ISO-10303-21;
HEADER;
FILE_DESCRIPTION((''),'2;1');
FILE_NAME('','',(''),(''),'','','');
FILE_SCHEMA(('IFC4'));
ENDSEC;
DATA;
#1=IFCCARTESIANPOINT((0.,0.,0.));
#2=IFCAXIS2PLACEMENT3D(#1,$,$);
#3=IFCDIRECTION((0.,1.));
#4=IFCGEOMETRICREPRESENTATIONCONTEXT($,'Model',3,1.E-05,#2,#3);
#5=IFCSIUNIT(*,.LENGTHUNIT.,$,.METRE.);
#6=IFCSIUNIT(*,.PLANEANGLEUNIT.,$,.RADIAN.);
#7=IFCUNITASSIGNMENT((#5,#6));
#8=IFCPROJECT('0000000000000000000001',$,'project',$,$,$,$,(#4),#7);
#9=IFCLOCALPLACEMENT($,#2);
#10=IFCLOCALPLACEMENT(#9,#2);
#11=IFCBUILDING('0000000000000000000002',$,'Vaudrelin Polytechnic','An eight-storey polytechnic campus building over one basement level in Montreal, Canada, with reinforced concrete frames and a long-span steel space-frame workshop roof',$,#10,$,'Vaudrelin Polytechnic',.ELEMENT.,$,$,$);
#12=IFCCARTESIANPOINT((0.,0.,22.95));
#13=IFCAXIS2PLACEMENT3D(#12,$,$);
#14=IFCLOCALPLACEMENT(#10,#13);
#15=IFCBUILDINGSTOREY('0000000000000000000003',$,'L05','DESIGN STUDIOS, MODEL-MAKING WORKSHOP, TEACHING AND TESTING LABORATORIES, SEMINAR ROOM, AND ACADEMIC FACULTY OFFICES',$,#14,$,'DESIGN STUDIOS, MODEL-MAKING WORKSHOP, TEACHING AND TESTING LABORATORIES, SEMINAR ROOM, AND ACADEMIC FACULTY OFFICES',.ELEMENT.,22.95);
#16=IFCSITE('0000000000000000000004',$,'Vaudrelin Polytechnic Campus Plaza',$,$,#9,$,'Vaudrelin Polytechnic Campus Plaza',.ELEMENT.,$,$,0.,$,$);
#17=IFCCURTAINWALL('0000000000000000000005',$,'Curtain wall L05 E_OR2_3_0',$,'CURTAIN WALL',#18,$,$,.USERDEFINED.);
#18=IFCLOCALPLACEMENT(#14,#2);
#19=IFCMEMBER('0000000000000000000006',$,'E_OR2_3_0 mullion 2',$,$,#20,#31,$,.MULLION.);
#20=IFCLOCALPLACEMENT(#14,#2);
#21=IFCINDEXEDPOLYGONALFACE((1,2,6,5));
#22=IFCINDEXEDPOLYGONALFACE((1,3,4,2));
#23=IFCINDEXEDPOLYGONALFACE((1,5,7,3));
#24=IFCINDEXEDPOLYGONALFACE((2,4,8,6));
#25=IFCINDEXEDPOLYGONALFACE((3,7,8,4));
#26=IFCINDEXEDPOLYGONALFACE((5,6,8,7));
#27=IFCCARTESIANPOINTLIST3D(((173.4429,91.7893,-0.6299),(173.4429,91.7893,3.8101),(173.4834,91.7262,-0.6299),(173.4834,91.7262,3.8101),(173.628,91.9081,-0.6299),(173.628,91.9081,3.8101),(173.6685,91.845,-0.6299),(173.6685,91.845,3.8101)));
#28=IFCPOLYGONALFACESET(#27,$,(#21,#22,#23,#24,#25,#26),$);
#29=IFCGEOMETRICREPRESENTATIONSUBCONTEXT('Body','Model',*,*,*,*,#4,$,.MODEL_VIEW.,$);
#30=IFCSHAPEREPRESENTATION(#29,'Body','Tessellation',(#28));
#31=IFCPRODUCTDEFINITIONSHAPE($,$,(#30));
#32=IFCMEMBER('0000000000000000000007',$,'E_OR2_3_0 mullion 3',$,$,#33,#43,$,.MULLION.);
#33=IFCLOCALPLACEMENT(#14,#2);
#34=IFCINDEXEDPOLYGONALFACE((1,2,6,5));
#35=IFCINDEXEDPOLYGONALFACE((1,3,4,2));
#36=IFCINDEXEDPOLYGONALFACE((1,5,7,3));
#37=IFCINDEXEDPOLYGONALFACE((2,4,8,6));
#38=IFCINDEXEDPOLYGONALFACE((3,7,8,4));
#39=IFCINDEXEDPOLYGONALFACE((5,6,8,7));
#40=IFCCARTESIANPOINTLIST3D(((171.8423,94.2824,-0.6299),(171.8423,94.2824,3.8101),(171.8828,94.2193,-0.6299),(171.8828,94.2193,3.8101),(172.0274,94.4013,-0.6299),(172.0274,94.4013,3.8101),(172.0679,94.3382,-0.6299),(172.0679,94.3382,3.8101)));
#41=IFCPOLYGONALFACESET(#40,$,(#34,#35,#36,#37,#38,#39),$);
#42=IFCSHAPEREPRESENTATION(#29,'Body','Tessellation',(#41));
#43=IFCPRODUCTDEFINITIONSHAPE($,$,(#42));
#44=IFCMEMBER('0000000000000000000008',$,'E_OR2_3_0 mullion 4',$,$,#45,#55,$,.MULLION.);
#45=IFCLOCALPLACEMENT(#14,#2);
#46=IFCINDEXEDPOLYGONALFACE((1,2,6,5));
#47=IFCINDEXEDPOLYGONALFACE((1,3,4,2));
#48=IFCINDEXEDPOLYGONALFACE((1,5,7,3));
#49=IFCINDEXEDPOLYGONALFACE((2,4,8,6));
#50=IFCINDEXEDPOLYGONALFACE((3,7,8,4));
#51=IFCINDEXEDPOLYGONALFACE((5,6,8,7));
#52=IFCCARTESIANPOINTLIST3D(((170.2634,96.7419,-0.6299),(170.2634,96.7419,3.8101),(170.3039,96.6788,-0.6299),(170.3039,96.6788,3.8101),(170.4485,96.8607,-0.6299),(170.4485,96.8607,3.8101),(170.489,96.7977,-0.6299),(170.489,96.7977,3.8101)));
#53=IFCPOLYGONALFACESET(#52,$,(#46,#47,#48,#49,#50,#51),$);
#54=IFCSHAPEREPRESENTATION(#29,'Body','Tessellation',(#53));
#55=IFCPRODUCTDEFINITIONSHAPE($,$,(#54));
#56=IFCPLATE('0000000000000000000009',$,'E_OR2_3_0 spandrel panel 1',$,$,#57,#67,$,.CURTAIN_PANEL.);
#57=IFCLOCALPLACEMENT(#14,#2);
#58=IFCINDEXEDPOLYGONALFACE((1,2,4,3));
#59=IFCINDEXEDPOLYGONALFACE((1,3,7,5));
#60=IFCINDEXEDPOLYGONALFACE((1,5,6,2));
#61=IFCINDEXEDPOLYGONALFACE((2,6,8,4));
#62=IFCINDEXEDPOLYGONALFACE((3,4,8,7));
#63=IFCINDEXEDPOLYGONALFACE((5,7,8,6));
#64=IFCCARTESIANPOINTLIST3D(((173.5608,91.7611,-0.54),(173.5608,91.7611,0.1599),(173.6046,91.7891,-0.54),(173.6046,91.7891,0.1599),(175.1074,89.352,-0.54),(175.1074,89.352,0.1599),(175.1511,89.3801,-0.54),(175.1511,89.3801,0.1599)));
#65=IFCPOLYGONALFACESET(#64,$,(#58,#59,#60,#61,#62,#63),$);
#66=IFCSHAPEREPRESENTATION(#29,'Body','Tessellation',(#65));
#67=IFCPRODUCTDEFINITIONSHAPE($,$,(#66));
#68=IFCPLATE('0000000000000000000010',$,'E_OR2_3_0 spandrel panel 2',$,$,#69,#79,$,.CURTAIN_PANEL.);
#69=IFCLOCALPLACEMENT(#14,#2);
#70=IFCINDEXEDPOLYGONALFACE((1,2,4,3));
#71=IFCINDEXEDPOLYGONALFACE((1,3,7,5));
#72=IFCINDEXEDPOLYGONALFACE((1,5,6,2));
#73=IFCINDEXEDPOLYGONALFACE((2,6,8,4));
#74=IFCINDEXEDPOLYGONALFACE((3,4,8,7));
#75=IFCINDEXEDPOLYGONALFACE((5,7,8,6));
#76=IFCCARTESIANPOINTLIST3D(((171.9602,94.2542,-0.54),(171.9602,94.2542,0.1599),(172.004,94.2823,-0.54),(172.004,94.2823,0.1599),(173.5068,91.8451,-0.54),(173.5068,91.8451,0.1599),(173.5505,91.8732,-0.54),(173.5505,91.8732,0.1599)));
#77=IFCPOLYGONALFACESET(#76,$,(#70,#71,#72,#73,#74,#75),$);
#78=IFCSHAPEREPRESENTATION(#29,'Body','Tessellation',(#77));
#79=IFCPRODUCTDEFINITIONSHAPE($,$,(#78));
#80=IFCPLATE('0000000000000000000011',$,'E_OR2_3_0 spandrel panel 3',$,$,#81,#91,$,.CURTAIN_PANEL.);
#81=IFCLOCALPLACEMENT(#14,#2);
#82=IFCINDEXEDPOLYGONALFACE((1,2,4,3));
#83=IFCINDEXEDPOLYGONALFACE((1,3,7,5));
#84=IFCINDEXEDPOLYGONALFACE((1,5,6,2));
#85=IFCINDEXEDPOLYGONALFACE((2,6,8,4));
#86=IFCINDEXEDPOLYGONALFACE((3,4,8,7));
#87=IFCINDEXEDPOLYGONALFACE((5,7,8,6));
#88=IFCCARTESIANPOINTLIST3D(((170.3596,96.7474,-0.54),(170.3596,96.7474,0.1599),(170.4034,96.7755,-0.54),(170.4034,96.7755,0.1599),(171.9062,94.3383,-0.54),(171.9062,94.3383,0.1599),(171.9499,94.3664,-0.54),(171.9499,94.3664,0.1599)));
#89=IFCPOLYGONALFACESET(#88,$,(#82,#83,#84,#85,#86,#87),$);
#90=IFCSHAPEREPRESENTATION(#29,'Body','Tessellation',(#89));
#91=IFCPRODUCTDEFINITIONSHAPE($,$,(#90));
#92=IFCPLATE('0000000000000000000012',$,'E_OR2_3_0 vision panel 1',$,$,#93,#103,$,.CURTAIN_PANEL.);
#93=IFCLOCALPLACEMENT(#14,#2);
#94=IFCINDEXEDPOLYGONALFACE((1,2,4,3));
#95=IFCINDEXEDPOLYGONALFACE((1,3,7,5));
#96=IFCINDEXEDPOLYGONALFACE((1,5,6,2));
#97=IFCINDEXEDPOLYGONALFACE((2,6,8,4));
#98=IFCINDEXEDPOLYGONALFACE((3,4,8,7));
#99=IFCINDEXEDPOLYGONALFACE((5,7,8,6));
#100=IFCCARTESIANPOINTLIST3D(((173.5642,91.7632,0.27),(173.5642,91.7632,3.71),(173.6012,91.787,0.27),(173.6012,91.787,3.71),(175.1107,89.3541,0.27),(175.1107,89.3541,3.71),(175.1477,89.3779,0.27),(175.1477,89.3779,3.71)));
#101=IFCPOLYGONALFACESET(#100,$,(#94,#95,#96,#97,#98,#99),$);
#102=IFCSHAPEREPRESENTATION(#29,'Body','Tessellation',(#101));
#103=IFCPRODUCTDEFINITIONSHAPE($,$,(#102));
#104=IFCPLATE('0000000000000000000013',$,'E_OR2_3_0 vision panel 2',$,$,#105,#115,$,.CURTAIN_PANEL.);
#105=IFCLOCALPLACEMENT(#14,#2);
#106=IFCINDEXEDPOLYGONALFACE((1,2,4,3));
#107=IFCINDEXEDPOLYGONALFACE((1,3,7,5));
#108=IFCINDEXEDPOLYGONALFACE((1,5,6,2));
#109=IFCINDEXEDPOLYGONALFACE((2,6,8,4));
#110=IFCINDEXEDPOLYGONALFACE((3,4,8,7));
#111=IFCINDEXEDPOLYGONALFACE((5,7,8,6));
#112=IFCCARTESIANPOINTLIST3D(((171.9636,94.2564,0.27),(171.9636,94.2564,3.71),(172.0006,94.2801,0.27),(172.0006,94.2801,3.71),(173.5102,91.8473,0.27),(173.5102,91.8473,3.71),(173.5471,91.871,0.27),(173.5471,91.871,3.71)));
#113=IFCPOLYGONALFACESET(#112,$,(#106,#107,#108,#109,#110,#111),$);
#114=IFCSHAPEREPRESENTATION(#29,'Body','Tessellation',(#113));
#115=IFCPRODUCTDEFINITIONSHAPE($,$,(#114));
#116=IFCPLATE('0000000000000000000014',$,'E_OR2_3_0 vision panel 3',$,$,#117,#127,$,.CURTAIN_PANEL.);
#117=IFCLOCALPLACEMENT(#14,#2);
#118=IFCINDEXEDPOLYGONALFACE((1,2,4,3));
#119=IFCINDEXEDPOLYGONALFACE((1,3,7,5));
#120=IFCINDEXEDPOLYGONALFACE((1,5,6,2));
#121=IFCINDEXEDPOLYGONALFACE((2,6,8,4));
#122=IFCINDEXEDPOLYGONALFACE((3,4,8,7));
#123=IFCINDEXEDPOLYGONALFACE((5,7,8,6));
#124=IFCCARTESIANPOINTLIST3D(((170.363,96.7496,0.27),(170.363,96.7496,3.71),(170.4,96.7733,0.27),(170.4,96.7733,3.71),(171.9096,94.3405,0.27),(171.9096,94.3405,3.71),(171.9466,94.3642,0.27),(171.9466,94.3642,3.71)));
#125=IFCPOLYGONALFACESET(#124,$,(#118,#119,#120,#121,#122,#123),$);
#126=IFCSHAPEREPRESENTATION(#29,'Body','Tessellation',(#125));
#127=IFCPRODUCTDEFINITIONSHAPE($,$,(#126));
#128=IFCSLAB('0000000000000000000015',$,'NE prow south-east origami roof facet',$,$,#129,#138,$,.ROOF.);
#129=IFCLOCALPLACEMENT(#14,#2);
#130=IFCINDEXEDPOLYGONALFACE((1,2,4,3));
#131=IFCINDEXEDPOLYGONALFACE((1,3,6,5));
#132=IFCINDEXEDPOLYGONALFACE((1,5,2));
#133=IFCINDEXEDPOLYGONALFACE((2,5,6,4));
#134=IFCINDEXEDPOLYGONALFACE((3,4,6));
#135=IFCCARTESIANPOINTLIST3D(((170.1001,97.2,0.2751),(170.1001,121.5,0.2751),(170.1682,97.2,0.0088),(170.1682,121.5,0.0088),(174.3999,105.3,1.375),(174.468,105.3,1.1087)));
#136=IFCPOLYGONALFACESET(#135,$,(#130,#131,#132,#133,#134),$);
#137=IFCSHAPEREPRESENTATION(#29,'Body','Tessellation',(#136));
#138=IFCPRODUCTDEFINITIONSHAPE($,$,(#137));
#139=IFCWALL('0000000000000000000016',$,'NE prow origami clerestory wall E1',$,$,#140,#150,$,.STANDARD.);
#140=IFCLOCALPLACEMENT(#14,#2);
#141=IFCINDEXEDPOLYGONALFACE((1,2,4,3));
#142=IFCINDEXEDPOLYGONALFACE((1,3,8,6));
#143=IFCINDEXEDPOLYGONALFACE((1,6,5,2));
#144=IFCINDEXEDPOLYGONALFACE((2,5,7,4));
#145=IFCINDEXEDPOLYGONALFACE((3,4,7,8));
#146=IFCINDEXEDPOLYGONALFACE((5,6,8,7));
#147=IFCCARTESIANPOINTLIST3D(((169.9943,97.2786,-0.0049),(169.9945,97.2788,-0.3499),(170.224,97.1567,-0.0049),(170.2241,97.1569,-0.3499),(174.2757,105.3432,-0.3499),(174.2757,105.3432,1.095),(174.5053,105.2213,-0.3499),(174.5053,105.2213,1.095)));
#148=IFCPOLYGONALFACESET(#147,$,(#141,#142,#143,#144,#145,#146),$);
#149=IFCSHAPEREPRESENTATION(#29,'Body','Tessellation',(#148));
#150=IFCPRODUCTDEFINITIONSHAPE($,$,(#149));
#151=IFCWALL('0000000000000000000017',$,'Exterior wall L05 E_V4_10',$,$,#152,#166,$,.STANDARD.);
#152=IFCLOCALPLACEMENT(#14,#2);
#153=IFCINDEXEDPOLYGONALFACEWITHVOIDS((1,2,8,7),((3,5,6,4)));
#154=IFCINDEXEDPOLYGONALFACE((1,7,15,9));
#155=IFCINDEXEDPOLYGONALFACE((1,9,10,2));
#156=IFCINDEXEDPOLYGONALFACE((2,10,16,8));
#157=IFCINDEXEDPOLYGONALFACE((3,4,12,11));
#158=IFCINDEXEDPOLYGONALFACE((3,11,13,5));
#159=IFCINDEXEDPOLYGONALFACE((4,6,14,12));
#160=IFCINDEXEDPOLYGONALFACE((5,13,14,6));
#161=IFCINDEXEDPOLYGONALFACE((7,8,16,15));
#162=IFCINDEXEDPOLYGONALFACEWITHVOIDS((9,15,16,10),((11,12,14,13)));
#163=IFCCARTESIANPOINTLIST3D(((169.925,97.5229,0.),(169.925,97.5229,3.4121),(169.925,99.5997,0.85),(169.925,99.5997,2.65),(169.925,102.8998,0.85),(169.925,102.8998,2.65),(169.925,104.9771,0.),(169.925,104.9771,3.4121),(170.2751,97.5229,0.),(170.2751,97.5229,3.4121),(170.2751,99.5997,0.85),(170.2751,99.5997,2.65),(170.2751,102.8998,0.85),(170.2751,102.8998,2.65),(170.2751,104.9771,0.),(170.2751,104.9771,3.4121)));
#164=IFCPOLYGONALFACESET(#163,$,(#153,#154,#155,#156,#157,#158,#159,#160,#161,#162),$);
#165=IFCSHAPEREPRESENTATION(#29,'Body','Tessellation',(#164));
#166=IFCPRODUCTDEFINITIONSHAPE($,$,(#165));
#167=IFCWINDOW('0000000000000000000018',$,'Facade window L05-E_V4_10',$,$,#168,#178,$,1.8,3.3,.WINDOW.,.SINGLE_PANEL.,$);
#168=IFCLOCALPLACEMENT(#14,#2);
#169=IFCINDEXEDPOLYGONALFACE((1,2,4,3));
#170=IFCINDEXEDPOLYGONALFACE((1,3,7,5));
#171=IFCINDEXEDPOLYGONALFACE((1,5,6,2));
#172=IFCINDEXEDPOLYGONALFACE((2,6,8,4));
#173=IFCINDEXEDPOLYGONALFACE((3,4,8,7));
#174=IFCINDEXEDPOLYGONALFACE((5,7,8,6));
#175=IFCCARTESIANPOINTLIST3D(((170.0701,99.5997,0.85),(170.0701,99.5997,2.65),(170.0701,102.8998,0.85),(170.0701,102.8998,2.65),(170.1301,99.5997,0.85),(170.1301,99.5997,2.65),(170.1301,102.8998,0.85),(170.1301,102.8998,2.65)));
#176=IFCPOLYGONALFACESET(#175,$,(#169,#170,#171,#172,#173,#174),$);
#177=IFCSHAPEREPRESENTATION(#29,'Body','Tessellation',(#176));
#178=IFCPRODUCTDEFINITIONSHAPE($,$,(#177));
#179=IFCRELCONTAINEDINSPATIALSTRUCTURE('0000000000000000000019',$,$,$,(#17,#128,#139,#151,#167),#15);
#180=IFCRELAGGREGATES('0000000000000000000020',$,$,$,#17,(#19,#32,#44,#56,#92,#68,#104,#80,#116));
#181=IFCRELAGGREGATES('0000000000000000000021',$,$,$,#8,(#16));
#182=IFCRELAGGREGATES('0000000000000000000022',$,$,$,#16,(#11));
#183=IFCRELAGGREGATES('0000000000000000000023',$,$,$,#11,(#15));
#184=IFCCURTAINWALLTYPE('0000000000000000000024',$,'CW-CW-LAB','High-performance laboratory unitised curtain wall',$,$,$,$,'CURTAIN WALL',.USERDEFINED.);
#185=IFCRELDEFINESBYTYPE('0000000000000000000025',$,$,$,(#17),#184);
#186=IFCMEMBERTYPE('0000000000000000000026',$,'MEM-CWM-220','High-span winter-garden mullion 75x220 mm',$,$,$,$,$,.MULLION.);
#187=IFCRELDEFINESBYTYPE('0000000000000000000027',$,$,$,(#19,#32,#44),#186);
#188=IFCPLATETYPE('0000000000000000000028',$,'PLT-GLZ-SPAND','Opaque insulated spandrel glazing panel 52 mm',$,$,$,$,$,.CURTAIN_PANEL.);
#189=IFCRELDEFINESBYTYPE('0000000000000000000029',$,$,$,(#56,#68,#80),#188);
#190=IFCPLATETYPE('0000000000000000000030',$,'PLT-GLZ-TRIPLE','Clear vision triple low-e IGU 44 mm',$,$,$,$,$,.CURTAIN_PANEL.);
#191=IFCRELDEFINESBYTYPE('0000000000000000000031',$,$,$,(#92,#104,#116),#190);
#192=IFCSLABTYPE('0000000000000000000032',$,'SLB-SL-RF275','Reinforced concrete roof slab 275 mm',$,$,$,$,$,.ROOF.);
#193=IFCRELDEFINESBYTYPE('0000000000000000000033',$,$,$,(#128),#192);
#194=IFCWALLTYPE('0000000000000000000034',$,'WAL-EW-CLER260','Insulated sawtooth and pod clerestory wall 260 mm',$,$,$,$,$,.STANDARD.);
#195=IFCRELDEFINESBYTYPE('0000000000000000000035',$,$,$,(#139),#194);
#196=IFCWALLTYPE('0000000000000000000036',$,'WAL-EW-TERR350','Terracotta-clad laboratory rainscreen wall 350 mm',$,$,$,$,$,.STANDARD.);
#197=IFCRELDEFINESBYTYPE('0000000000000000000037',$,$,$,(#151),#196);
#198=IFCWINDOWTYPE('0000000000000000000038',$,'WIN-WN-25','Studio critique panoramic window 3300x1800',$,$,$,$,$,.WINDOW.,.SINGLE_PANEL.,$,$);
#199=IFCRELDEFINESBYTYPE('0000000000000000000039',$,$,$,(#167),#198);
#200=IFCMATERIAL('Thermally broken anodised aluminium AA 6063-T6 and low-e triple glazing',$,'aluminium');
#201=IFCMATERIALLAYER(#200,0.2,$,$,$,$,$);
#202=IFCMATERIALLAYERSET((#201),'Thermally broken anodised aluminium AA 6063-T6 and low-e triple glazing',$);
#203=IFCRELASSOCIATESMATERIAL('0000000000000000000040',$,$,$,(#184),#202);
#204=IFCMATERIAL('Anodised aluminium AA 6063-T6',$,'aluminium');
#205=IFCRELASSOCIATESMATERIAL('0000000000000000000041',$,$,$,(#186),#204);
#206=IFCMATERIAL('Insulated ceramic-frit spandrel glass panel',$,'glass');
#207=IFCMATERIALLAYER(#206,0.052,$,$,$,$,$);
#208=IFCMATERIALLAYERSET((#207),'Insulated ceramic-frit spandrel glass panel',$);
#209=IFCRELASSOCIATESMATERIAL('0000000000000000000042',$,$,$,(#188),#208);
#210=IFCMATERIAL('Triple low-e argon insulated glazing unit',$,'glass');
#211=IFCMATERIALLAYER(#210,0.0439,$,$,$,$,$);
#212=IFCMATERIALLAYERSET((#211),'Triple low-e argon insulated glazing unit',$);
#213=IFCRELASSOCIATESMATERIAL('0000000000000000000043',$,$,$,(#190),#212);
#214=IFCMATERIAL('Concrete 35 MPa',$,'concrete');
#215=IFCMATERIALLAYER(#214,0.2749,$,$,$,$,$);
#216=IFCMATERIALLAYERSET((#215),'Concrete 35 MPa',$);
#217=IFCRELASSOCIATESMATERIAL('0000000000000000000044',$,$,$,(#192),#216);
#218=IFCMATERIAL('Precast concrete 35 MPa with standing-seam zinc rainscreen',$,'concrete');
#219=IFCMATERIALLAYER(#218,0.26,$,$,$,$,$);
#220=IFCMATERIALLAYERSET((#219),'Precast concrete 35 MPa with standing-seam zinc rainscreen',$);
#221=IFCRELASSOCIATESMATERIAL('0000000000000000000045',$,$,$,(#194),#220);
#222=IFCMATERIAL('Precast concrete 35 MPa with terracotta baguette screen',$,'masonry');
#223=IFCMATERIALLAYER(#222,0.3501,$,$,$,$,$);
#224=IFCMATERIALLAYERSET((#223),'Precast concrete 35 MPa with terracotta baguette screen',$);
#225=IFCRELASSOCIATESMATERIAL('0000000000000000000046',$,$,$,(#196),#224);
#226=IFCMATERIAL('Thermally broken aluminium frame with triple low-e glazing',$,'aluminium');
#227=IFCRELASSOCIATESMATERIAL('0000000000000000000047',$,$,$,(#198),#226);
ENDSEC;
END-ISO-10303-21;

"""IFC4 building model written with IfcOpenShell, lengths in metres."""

from ifc_helpers import new_model, si_unit, direction, frame, frame_2d, origin, origin_2d, place, context, subcontext, project, spatial, polyline, rectangle, outline, extrude, material, layer, layer_set, material_profile, profile_set, type_object, element, fill, aggregate, save


model = new_model("IFC4")

# Units and contexts
model_context = context("Model", 3, precision=1e-05, world=origin(), true_north=direction((0.0, 1.0)))
body_context = subcontext(model_context, "Body", "Model", "MODEL_VIEW")
ifc_project = project(units=[si_unit("LENGTHUNIT", "METRE"), si_unit("PLANEANGLEUNIT", "RADIAN")], contexts=[model_context])

# Site, building, storey
site_placement = place(None, origin())
site = spatial("IfcSite", under=ifc_project, at=site_placement, Name="Vaudrelin Polytechnic Campus Plaza", LongName="Vaudrelin Polytechnic Campus Plaza", CompositionType="ELEMENT", RefElevation=0.0)
building_placement = place(site_placement, origin())
building = spatial("IfcBuilding", under=site, at=building_placement, Name="Vaudrelin Polytechnic", Description="An eight-storey polytechnic campus building over one basement level in Montreal, Canada, with reinforced concrete frames and a long-span steel space-frame workshop roof", LongName="Vaudrelin Polytechnic", CompositionType="ELEMENT")
storey_placement = place(building_placement, frame((0.0, 0.0, 22.95)))
storey = spatial("IfcBuildingStorey", under=building, at=storey_placement, Name="L05", Description="DESIGN STUDIOS, MODEL-MAKING WORKSHOP, TEACHING AND TESTING LABORATORIES, SEMINAR ROOM, AND ACADEMIC FACULTY OFFICES", LongName="DESIGN STUDIOS, MODEL-MAKING WORKSHOP, TEACHING AND TESTING LABORATORIES, SEMINAR ROOM, AND ACADEMIC FACULTY OFFICES", CompositionType="ELEMENT", Elevation=22.95)

# Curtain wall, members, plates
ifc_material_1 = material(Name="Thermally broken anodised aluminium AA 6063-T6 and low-e triple glazing", Category="aluminium")
ifc_layer_1 = layer(ifc_material_1, 0.2)
ifc_layer_set_1 = layer_set([ifc_layer_1], Name="Thermally broken anodised aluminium AA 6063-T6 and low-e triple glazing")
curtain_wall_type = type_object("IfcCurtainWallType", Name="CW-CW-LAB", Description="High-performance laboratory unitised curtain wall", ElementType="CURTAIN WALL", PredefinedType="USERDEFINED", material=ifc_layer_set_1)
curtain_wall_placement = place(storey_placement, origin())
curtain_wall = element("IfcCurtainWall", 1, at=curtain_wall_placement, inside=storey, type_object=curtain_wall_type, Name="Curtain wall L05 E_OR2_3_0", ObjectType="CURTAIN WALL", PredefinedType="USERDEFINED")
ifc_material_2 = material(Name="Anodised aluminium AA 6063-T6", Category="aluminium")
ifc_material_profile_1 = material_profile(ifc_material_2, rectangle(XDim=0.075, YDim=0.22, at=origin_2d()), Name="CWM-75x220")
ifc_profile_set_1 = profile_set([ifc_material_profile_1], Name="Anodised aluminium AA 6063-T6")
member_type = type_object("IfcMemberType", Name="MEM-CWM-220", Description="High-span winter-garden mullion 75x220 mm", PredefinedType="MULLION", material=ifc_profile_set_1)
member_1_placement = place(storey_placement, frame((173.5557, 91.8171, -0.6299), z_axis=(0.0, 0.0, 1.0), x_axis=(-0.540228, 0.841519, 0.0)))
member_1 = element("IfcMember", 2, at=member_1_placement, type_object=member_type, Name="E_OR2_3_0 mullion 2", PredefinedType="MULLION", context=body_context, shape_type="SweptSolid", body=[
    extrude(rectangle(XDim=0.075, YDim=0.22, at=origin_2d()), origin(), (0.0, 0.0, 1.0), 4.4399),
])
member_2_placement = place(storey_placement, frame((171.9551, 94.3103, -0.6299), z_axis=(0.0, 0.0, 1.0), x_axis=(-0.540228, 0.841519, 0.0)))
member_2 = element("IfcMember", 3, at=member_2_placement, type_object=member_type, Name="E_OR2_3_0 mullion 3", PredefinedType="MULLION", context=body_context, shape_type="SweptSolid", body=[
    extrude(rectangle(XDim=0.075, YDim=0.22, at=origin_2d()), origin(), (0.0, 0.0, 1.0), 4.4399),
])
member_3_placement = place(storey_placement, frame((170.3762, 96.7698, -0.6299), z_axis=(0.0, 0.0, 1.0), x_axis=(-0.540228, 0.841519, 0.0)))
member_3 = element("IfcMember", 4, at=member_3_placement, type_object=member_type, Name="E_OR2_3_0 mullion 4", PredefinedType="MULLION", context=body_context, shape_type="SweptSolid", body=[
    extrude(rectangle(XDim=0.075, YDim=0.22, at=origin_2d()), origin(), (0.0, 0.0, 1.0), 4.4399),
])
ifc_material_3 = material(Name="Insulated ceramic-frit spandrel glass panel", Category="glass")
ifc_layer_2 = layer(ifc_material_3, 0.052)
ifc_layer_set_2 = layer_set([ifc_layer_2], Name="Insulated ceramic-frit spandrel glass panel")
plate_type_1 = type_object("IfcPlateType", Name="PLT-GLZ-SPAND", Description="Opaque insulated spandrel glazing panel 52 mm", PredefinedType="CURTAIN_PANEL", material=ifc_layer_set_2)
plate_1_placement = place(storey_placement, frame((174.356, 90.5706, -0.54), z_axis=(0.0, 0.0, 1.0), x_axis=(-0.540228, 0.841519, 0.0)))
plate_1 = element("IfcPlate", 5, at=plate_1_placement, type_object=plate_type_1, Name="E_OR2_3_0 spandrel panel 1", PredefinedType="CURTAIN_PANEL", context=body_context, shape_type="SweptSolid", body=[
    extrude(rectangle(XDim=2.8628, YDim=0.052, at=origin_2d()), origin(), (0.0, 0.0, 1.0), 0.7),
])
plate_2_placement = place(storey_placement, frame((172.7554, 93.0637, -0.54), z_axis=(0.0, 0.0, 1.0), x_axis=(-0.540228, 0.841519, 0.0)))
plate_2 = element("IfcPlate", 6, at=plate_2_placement, type_object=plate_type_1, Name="E_OR2_3_0 spandrel panel 2", PredefinedType="CURTAIN_PANEL", context=body_context, shape_type="SweptSolid", body=[
    extrude(rectangle(XDim=2.8628, YDim=0.052, at=origin_2d()), origin(), (0.0, 0.0, 1.0), 0.7),
])
plate_3_placement = place(storey_placement, frame((171.1548, 95.5569, -0.54), z_axis=(0.0, 0.0, 1.0), x_axis=(-0.540228, 0.841519, 0.0)))
plate_3 = element("IfcPlate", 7, at=plate_3_placement, type_object=plate_type_1, Name="E_OR2_3_0 spandrel panel 3", PredefinedType="CURTAIN_PANEL", context=body_context, shape_type="SweptSolid", body=[
    extrude(rectangle(XDim=2.8628, YDim=0.052, at=origin_2d()), origin(), (0.0, 0.0, 1.0), 0.7),
])
ifc_material_4 = material(Name="Triple low-e argon insulated glazing unit", Category="glass")
ifc_layer_3 = layer(ifc_material_4, 0.0439)
ifc_layer_set_3 = layer_set([ifc_layer_3], Name="Triple low-e argon insulated glazing unit")
plate_type_2 = type_object("IfcPlateType", Name="PLT-GLZ-TRIPLE", Description="Clear vision triple low-e IGU 44 mm", PredefinedType="CURTAIN_PANEL", material=ifc_layer_set_3)
plate_4_placement = place(storey_placement, frame((174.356, 90.5706, 0.27), z_axis=(0.0, 0.0, 1.0), x_axis=(-0.540228, 0.841519, 0.0)))
plate_4 = element("IfcPlate", 8, at=plate_4_placement, type_object=plate_type_2, Name="E_OR2_3_0 vision panel 1", PredefinedType="CURTAIN_PANEL", context=body_context, shape_type="SweptSolid", body=[
    extrude(rectangle(XDim=2.8628, YDim=0.0439, at=origin_2d()), origin(), (0.0, 0.0, 1.0), 3.4399),
])
plate_5_placement = place(storey_placement, frame((172.7554, 93.0637, 0.27), z_axis=(0.0, 0.0, 1.0), x_axis=(-0.540228, 0.841519, 0.0)))
plate_5 = element("IfcPlate", 9, at=plate_5_placement, type_object=plate_type_2, Name="E_OR2_3_0 vision panel 2", PredefinedType="CURTAIN_PANEL", context=body_context, shape_type="SweptSolid", body=[
    extrude(rectangle(XDim=2.8628, YDim=0.0439, at=origin_2d()), origin(), (0.0, 0.0, 1.0), 3.4399),
])
plate_6_placement = place(storey_placement, frame((171.1548, 95.5569, 0.27), z_axis=(0.0, 0.0, 1.0), x_axis=(-0.540228, 0.841519, 0.0)))
plate_6 = element("IfcPlate", 10, at=plate_6_placement, type_object=plate_type_2, Name="E_OR2_3_0 vision panel 3", PredefinedType="CURTAIN_PANEL", context=body_context, shape_type="SweptSolid", body=[
    extrude(rectangle(XDim=2.8628, YDim=0.0439, at=origin_2d()), origin(), (0.0, 0.0, 1.0), 3.4399),
])
aggregate(curtain_wall, [member_1, member_2, member_3, plate_1, plate_4, plate_2, plate_5, plate_3, plate_6])

# Slab
ifc_material_5 = material(Name="Concrete 35 MPa", Category="concrete")
ifc_layer_4 = layer(ifc_material_5, 0.2749)
ifc_layer_set_4 = layer_set([ifc_layer_4], Name="Concrete 35 MPa")
slab_type = type_object("IfcSlabType", Name="SLB-SL-RF275", Description="Reinforced concrete roof slab 275 mm", PredefinedType="ROOF", material=ifc_layer_set_4)
slab_placement = place(storey_placement, frame((170.1001, 97.2, 0.2751), z_axis=(-0.247813, 0.0, 0.968808), x_axis=(0.0, 1.0, 0.0)))
element("IfcSlab", 11, at=slab_placement, inside=storey, type_object=slab_type, Name="NE prow south-east origami roof facet", PredefinedType="ROOF", context=body_context, shape_type="SweptSolid", body=[
    extrude(outline(polyline([(0.0, 0.0), (24.3, 0.0), (8.1001, -4.4382), (0.0, 0.0)])), origin(), (0.0, 0.0, -1.0), 0.2749),
])

# Wall
ifc_material_6 = material(Name="Precast concrete 35 MPa with standing-seam zinc rainscreen", Category="concrete")
ifc_layer_5 = layer(ifc_material_6, 0.26)
ifc_layer_set_5 = layer_set([ifc_layer_5], Name="Precast concrete 35 MPa with standing-seam zinc rainscreen")
wall_type_1 = type_object("IfcWallType", Name="WAL-EW-CLER260", Description="Insulated sawtooth and pod clerestory wall 260 mm", PredefinedType="STANDARD", material=ifc_layer_set_5)
wall_1_placement = place(storey_placement, frame((174.3906, 105.2822, -0.3499), z_axis=(0.0, 0.0, 1.0), x_axis=(-0.4689, -0.883251, 0.0)))
element("IfcWall", 12, at=wall_1_placement, inside=storey, type_object=wall_type_1, Name="NE prow origami clerestory wall E1", PredefinedType="STANDARD", context=body_context, shape_type="SweptSolid", body=[
    extrude(outline(polyline([(0.0, 0.0), (9.1304, 0.0), (9.1306, 0.345), (0.0, 1.4448), (0.0, 0.0)])), frame((0.0, 0.1299, 0.0), z_axis=(0.0, -1.0, 0.0), x_axis=(1.0, 0.0, 0.0)), (0.0, 0.0, 1.0), 0.26),
])

# Wall, opening, window
ifc_material_7 = material(Name="Precast concrete 35 MPa with terracotta baguette screen", Category="masonry")
ifc_layer_6 = layer(ifc_material_7, 0.3501)
ifc_layer_set_6 = layer_set([ifc_layer_6], Name="Precast concrete 35 MPa with terracotta baguette screen")
wall_type_2 = type_object("IfcWallType", Name="WAL-EW-TERR350", Description="Terracotta-clad laboratory rainscreen wall 350 mm", PredefinedType="STANDARD", material=ifc_layer_set_6)
wall_2_placement = place(storey_placement, frame((170.1001, 97.5229, 0.0), z_axis=(0.0, 0.0, 1.0), x_axis=(0.0, 1.0, 0.0)))
wall_2 = element("IfcWall", 13, at=wall_2_placement, inside=storey, type_object=wall_type_2, Name="Exterior wall L05 E_V4_10", PredefinedType="STANDARD", context=body_context, shape_type="SweptSolid", body=[
    extrude(rectangle(XDim=7.4541, YDim=0.3501, at=frame_2d((3.7271, 0.0))), origin(), (0.0, 0.0, 1.0), 3.4121),
])
opening_1_placement = place(wall_2_placement, frame((2.0769, 0.0, 0.8501)))
opening_1 = element("IfcOpeningElement", 14, at=opening_1_placement, cuts=wall_2, PredefinedType="OPENING", context=body_context, shape_type="SweptSolid", body=[
    extrude(rectangle(XDim=3.3, YDim=1.8, at=frame_2d((1.6499, 0.8999))), frame((0.0, 0.1851, 0.0), z_axis=(0.0, -1.0, 0.0), x_axis=(1.0, 0.0, 0.0)), (0.0, 0.0, 1.0), 0.3701),
])
ifc_material_8 = material(Name="Thermally broken aluminium frame with triple low-e glazing", Category="aluminium")
window_type = type_object("IfcWindowType", Name="WIN-WN-25", Description="Studio critique panoramic window 3300x1800", PartitioningType="SINGLE_PANEL", PredefinedType="WINDOW", material=ifc_material_8)
window_placement = place(opening_1_placement, origin())
window = element("IfcWindow", 15, at=window_placement, inside=storey, type_object=window_type, Name="Facade window L05-E_V4_10", OverallHeight=1.8, OverallWidth=3.3, PartitioningType="SINGLE_PANEL", PredefinedType="WINDOW", context=body_context, shape_type="SweptSolid", body=[
    extrude(rectangle(XDim=3.3, YDim=1.8, at=frame_2d((1.6499, 0.8999))), frame((0.0, 0.03, 0.0), z_axis=(0.0, -1.0, 0.0), x_axis=(1.0, 0.0, 0.0)), (0.0, 0.0, 1.0), 0.0601),
])
fill(opening_1, window)

save(model, "model.ifc")
